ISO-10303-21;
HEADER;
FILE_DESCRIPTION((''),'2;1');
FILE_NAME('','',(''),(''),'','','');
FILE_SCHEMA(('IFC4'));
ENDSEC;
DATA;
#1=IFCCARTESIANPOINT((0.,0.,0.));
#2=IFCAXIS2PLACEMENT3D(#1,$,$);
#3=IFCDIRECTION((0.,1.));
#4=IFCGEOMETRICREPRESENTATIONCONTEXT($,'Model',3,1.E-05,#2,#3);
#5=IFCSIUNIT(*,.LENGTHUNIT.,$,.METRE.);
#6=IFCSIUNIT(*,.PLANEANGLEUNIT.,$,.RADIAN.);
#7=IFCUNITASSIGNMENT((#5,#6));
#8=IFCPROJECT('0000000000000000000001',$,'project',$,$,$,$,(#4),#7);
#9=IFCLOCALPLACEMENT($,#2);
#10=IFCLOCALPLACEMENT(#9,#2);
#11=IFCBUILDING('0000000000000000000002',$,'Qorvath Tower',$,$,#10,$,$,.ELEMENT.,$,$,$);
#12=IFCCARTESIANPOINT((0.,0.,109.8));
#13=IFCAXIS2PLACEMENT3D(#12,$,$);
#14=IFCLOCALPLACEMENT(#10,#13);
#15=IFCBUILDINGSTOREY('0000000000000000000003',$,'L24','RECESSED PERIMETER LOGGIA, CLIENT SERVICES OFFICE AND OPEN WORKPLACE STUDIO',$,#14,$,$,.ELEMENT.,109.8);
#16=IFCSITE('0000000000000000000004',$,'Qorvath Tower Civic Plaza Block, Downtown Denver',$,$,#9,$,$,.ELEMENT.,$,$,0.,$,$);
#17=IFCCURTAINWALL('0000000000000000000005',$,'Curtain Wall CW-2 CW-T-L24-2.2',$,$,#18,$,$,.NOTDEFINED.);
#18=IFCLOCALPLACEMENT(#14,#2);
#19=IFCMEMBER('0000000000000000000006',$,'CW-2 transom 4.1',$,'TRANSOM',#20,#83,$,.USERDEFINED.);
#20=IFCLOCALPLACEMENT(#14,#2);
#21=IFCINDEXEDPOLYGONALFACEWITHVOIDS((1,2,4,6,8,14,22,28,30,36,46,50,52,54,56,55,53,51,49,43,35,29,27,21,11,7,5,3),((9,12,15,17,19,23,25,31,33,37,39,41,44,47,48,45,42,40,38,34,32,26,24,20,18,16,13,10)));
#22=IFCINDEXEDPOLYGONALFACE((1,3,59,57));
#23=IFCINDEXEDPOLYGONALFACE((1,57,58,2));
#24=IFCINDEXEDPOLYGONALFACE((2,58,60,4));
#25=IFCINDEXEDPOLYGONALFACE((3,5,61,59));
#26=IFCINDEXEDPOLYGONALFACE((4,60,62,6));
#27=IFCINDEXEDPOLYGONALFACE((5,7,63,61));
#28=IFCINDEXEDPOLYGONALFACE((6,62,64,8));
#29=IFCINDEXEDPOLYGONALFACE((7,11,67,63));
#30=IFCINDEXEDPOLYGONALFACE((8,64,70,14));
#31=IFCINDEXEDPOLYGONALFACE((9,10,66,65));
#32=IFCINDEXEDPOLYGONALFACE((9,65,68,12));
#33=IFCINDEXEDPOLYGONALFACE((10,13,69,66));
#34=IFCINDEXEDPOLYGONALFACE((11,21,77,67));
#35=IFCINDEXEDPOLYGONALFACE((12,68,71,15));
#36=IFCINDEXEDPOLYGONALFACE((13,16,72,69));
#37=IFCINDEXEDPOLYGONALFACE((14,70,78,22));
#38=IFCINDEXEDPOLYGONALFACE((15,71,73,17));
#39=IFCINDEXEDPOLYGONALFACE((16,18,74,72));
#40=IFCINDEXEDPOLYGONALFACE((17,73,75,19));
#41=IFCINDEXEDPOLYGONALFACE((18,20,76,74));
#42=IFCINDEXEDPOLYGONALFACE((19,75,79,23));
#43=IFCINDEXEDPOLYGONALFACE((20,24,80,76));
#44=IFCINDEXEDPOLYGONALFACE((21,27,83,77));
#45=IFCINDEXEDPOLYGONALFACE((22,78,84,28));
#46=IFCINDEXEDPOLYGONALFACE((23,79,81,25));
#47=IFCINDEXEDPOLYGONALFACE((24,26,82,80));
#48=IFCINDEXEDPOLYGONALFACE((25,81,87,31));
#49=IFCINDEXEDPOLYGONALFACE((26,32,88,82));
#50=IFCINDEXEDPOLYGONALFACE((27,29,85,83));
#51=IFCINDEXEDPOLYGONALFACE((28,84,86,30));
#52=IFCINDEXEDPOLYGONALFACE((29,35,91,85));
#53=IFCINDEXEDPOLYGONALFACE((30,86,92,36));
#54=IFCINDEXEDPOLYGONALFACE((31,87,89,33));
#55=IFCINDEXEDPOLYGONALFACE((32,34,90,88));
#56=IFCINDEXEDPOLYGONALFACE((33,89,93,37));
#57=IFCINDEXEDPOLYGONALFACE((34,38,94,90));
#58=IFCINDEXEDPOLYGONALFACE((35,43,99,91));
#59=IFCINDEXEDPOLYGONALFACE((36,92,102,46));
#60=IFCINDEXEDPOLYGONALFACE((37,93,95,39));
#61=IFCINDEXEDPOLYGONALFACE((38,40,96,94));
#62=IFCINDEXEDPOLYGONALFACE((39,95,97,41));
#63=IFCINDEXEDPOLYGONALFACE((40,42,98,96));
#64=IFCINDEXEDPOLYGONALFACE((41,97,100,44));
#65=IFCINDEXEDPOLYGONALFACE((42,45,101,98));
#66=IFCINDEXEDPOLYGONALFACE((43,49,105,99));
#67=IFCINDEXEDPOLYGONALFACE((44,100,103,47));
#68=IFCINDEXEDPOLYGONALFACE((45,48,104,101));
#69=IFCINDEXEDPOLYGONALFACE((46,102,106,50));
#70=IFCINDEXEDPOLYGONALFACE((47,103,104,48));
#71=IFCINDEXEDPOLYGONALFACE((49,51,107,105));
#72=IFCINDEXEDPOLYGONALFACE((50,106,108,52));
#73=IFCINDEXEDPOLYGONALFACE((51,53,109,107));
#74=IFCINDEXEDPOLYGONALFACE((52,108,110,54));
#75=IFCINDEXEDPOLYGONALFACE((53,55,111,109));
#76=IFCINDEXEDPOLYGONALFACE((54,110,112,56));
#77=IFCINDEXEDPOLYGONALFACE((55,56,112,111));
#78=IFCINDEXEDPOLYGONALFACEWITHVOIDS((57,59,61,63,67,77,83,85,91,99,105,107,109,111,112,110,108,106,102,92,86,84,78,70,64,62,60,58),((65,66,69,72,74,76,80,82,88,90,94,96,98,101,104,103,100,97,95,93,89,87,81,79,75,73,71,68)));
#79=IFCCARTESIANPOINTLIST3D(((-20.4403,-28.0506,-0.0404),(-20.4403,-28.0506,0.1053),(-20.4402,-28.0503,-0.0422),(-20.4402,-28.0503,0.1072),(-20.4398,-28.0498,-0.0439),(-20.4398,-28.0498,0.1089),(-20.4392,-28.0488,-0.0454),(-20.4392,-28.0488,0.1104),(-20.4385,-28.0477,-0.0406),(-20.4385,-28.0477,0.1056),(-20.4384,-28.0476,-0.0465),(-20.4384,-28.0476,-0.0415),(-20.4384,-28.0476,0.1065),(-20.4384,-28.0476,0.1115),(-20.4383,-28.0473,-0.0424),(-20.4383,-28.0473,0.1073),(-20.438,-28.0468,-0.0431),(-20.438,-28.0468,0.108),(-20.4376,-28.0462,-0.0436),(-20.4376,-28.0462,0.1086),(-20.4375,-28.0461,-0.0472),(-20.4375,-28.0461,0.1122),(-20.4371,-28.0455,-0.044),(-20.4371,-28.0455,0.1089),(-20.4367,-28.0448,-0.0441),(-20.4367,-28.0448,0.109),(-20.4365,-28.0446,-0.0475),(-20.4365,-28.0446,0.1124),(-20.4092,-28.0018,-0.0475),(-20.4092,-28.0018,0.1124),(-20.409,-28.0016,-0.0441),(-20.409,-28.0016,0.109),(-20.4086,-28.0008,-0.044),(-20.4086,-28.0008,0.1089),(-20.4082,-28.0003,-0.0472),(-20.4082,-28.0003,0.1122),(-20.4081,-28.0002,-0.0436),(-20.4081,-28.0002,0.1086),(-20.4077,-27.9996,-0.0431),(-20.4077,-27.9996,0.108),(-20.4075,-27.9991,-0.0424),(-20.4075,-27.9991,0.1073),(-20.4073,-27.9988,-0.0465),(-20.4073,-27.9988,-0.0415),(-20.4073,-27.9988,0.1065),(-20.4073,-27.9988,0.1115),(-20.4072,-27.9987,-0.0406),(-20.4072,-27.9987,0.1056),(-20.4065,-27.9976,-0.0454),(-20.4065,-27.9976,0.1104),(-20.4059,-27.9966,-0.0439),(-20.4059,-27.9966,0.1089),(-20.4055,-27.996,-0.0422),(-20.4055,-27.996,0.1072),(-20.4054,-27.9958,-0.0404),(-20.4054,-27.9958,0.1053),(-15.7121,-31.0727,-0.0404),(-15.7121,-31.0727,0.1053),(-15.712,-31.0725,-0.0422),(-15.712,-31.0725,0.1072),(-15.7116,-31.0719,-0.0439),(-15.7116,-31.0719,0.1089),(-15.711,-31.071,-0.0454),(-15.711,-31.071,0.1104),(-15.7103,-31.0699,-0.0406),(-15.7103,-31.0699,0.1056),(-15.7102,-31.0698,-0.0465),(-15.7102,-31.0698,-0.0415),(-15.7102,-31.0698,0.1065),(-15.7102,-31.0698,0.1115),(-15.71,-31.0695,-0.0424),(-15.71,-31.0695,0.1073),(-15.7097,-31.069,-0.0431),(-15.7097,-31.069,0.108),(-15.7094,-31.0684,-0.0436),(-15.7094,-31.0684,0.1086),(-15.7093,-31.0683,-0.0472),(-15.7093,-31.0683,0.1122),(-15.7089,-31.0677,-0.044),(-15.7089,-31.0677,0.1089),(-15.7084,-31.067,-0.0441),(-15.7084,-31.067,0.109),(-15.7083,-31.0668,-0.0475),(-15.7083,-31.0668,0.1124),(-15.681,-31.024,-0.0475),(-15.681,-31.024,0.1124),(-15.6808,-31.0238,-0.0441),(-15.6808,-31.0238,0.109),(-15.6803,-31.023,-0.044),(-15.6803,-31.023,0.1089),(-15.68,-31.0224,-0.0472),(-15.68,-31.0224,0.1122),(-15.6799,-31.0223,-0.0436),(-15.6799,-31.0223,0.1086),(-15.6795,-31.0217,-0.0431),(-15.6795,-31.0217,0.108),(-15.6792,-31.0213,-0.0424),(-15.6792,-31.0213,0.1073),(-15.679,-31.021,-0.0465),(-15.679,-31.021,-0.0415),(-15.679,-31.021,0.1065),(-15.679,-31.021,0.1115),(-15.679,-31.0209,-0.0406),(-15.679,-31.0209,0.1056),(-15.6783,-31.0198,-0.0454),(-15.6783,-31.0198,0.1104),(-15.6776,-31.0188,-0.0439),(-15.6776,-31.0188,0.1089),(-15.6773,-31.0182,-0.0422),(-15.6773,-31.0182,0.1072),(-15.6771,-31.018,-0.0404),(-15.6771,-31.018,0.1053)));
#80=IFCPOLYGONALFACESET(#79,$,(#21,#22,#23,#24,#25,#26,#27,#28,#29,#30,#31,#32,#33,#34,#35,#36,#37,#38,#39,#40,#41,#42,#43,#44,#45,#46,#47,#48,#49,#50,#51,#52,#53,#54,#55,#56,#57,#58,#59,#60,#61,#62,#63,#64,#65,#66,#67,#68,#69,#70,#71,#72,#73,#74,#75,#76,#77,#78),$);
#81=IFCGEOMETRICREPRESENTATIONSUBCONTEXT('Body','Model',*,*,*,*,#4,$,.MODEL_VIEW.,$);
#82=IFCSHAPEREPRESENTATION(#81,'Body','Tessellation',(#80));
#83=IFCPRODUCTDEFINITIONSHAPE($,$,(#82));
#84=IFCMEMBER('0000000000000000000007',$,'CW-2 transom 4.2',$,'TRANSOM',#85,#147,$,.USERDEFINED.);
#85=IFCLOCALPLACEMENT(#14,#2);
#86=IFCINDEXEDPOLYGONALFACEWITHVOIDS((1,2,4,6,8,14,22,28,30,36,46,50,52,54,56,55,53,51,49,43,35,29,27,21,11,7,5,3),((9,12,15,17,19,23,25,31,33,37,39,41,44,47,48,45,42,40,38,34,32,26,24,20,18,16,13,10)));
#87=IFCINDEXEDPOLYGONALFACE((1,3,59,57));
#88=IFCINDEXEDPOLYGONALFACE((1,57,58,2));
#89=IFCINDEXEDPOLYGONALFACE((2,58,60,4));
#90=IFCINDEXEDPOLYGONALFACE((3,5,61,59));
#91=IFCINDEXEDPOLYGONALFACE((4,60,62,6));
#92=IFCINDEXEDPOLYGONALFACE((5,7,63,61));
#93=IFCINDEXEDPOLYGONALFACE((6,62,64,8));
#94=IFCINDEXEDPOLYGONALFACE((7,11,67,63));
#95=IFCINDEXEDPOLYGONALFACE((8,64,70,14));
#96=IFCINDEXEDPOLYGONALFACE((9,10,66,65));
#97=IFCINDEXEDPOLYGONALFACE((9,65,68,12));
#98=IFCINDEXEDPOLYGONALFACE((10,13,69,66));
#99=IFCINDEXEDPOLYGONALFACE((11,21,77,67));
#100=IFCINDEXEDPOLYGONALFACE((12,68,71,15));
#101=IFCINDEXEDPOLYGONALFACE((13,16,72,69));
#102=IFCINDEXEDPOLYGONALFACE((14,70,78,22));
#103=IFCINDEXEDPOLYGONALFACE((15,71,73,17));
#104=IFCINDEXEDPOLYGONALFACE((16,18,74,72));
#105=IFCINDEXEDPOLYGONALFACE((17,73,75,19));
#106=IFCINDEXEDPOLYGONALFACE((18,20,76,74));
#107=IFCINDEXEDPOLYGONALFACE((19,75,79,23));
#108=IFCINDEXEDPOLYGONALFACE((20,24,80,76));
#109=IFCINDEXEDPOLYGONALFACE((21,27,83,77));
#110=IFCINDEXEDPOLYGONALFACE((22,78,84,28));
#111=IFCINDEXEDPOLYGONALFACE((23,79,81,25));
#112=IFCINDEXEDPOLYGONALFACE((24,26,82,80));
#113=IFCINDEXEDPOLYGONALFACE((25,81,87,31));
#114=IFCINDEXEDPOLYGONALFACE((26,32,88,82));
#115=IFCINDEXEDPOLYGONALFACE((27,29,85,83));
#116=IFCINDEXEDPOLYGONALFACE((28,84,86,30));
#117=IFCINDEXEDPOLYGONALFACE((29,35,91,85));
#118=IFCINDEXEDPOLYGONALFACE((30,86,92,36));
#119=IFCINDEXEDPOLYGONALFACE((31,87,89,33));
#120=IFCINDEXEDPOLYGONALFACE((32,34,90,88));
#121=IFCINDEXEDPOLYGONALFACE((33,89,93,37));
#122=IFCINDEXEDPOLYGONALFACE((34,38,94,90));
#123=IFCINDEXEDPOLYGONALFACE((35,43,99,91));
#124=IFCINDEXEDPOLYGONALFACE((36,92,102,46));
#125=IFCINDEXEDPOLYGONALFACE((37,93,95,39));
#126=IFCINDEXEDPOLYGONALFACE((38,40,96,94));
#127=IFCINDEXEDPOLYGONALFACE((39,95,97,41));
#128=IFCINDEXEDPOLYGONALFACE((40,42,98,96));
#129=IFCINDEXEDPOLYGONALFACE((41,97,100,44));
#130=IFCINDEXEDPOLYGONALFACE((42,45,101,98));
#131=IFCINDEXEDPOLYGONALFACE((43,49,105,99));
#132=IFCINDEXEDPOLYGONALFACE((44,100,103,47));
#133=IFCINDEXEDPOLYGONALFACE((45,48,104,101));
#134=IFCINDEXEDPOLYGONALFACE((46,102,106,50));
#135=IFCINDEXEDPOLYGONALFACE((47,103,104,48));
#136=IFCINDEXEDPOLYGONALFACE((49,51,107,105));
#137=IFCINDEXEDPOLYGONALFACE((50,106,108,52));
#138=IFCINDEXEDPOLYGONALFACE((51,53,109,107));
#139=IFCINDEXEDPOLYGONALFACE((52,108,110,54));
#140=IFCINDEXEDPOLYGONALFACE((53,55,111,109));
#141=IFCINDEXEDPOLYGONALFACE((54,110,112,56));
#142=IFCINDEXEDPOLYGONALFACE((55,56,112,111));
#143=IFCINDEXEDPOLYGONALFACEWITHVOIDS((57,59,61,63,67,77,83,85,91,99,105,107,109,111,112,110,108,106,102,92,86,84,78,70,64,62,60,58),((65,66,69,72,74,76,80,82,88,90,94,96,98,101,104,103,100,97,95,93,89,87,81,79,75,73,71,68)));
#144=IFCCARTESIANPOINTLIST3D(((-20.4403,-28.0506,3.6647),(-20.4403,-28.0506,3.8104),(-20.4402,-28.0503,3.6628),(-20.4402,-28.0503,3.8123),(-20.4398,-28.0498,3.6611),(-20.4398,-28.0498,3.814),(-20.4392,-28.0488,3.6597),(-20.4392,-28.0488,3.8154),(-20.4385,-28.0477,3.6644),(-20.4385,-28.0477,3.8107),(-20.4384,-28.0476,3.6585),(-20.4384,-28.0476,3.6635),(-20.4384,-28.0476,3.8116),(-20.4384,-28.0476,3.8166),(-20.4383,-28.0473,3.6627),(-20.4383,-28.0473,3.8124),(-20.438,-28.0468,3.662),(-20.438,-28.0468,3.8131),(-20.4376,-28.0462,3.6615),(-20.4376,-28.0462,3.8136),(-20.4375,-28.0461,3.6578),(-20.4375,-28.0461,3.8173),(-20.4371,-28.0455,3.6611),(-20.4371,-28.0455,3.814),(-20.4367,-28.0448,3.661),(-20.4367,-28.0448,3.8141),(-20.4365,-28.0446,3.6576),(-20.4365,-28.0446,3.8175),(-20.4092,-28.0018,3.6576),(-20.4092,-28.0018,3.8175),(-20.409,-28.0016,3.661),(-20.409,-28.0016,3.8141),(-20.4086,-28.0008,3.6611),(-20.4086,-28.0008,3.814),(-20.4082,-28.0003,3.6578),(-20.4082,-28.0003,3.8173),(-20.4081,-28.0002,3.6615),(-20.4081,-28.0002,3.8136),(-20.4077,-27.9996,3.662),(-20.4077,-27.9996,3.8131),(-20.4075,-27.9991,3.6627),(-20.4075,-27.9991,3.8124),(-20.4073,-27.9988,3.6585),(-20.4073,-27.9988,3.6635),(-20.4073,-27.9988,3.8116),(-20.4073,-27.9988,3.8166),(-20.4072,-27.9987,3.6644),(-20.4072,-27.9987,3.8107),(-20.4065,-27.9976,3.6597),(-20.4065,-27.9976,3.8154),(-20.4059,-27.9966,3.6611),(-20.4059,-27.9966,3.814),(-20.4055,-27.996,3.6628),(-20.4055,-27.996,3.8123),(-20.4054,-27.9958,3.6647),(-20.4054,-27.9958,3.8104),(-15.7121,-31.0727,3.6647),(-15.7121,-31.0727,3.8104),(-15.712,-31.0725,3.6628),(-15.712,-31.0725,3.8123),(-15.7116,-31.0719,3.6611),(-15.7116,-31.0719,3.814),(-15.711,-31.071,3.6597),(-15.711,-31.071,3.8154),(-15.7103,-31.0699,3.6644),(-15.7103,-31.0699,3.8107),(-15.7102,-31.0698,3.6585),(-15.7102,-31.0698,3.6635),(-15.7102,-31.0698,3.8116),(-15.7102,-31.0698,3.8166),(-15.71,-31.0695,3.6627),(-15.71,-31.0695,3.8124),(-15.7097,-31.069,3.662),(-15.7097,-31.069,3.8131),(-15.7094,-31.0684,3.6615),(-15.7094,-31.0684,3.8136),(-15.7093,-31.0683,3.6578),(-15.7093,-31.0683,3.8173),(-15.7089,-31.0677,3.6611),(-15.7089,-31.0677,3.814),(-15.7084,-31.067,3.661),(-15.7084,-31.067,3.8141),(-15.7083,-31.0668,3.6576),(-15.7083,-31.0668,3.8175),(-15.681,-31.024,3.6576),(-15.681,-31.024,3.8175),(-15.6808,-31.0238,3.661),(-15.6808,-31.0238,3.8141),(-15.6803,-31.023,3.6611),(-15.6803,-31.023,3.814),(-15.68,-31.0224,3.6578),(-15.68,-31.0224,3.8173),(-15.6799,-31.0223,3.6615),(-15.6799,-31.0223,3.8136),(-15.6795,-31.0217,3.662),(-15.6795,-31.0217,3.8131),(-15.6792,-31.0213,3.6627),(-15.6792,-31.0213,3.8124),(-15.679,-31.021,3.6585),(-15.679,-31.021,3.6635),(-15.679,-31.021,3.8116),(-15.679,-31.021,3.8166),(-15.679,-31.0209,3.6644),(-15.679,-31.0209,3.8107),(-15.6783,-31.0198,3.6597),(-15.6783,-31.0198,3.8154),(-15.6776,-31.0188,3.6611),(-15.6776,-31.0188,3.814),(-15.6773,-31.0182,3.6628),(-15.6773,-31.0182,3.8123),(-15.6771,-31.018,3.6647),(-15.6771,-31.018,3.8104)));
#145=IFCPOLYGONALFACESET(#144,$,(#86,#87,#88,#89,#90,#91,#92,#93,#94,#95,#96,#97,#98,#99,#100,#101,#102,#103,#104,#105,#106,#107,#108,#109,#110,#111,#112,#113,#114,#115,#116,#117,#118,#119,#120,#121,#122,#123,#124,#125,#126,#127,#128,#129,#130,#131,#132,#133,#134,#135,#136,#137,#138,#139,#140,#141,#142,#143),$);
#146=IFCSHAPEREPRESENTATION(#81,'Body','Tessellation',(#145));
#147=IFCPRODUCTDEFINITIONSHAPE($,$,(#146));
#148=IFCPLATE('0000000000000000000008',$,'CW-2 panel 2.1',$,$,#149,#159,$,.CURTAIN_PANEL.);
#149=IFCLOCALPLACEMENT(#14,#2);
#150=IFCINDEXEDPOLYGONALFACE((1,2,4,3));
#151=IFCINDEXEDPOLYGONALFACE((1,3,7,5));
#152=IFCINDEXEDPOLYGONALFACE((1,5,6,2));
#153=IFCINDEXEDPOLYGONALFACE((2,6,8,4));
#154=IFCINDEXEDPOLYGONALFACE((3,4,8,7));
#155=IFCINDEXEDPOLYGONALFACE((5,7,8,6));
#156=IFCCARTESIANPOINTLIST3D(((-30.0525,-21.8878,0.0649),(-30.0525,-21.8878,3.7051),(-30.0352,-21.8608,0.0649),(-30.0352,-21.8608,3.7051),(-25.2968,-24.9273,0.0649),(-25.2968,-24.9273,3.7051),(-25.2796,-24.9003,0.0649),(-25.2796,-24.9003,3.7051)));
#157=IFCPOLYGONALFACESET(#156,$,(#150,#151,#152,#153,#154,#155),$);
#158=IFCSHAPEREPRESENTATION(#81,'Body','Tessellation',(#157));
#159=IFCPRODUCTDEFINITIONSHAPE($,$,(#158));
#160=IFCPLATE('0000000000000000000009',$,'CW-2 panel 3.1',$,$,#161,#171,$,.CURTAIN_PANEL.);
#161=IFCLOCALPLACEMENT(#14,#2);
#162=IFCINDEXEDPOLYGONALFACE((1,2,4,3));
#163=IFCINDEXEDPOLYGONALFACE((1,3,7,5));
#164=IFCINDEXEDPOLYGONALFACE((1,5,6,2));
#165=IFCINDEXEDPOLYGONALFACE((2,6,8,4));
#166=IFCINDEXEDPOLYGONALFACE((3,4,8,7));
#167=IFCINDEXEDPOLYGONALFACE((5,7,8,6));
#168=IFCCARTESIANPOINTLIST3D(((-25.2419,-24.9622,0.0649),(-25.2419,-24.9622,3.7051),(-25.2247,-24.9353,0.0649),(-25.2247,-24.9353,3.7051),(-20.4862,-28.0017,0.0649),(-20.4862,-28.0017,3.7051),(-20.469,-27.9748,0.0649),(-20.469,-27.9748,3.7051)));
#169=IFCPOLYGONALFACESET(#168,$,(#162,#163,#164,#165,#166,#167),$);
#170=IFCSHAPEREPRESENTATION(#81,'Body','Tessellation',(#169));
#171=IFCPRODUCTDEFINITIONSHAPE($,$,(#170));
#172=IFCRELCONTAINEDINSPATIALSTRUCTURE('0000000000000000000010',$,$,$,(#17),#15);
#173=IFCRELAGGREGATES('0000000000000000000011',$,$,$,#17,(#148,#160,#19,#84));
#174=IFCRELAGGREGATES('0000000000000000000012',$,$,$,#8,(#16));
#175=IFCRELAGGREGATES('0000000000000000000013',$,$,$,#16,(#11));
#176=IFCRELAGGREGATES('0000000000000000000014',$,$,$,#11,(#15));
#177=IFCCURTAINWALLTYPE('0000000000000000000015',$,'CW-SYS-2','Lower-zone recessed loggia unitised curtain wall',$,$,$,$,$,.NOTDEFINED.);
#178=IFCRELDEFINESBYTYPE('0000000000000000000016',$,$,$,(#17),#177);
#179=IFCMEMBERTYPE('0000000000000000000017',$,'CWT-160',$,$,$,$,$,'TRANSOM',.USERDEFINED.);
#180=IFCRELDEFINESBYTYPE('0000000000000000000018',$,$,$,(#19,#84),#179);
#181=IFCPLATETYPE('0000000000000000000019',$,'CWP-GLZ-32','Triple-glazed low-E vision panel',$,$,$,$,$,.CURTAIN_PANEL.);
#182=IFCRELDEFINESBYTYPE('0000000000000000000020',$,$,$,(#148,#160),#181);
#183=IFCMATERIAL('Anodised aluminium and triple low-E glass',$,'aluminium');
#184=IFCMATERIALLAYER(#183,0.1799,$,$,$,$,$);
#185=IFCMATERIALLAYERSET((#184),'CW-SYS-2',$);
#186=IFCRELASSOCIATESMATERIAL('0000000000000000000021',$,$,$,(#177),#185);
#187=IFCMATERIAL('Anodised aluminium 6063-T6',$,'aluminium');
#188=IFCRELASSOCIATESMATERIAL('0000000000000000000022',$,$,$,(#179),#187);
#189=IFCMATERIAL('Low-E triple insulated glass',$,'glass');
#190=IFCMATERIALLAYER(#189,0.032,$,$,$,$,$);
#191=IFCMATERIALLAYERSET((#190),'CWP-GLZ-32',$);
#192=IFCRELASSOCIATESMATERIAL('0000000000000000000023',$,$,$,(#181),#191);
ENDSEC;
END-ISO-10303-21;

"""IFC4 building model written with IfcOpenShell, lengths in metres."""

from ifc_helpers import new_model, si_unit, direction, frame, origin, origin_2d, place, context, subcontext, project, spatial, rectangle, hollow_rectangle, extrude, material, layer, layer_set, material_profile, profile_set, type_object, element, aggregate, save


model = new_model("IFC4")

# Units and contexts
model_context = context("Model", 3, precision=1e-05, world=origin(), true_north=direction((0.0, 1.0)))
body_context = subcontext(model_context, "Body", "Model", "MODEL_VIEW")
ifc_project = project(units=[si_unit("LENGTHUNIT", "METRE"), si_unit("PLANEANGLEUNIT", "RADIAN")], contexts=[model_context])

# Site, building, storey
site_placement = place(None, origin())
site = spatial("IfcSite", under=ifc_project, at=site_placement, Name="Qorvath Tower Civic Plaza Block, Downtown Denver", CompositionType="ELEMENT", RefElevation=0.0)
building_placement = place(site_placement, origin())
building = spatial("IfcBuilding", under=site, at=building_placement, Name="Qorvath Tower", CompositionType="ELEMENT")
storey_placement = place(building_placement, frame((0.0, 0.0, 109.8)))
storey = spatial("IfcBuildingStorey", under=building, at=storey_placement, Name="L24", Description="RECESSED PERIMETER LOGGIA, CLIENT SERVICES OFFICE AND OPEN WORKPLACE STUDIO", CompositionType="ELEMENT", Elevation=109.8)

# Curtain wall, members, plates
ifc_material_1 = material(Name="Anodised aluminium and triple low-E glass", Category="aluminium")
ifc_layer_1 = layer(ifc_material_1, 0.1799)
ifc_layer_set_1 = layer_set([ifc_layer_1], Name="CW-SYS-2")
curtain_wall_type = type_object("IfcCurtainWallType", Name="CW-SYS-2", Description="Lower-zone recessed loggia unitised curtain wall", PredefinedType="NOTDEFINED", material=ifc_layer_set_1)
curtain_wall_placement = place(storey_placement, origin())
curtain_wall = element("IfcCurtainWall", 1, at=curtain_wall_placement, inside=storey, type_object=curtain_wall_type, Name="Curtain Wall CW-2 CW-T-L24-2.2", PredefinedType="NOTDEFINED")
ifc_material_2 = material(Name="Anodised aluminium 6063-T6", Category="aluminium")
ifc_material_profile_1 = material_profile(ifc_material_2, hollow_rectangle(XDim=0.0649, YDim=0.1599, WallThickness=0.0034, InnerFilletRadius=0.0034, OuterFilletRadius=0.0071, at=origin_2d()), Name="CWT 160x65")
ifc_profile_set_1 = profile_set([ifc_material_profile_1], Name="Anodised aluminium 6063-T6")
member_type_1 = type_object("IfcMemberType", Name="CWT-160", ElementType="TRANSOM", PredefinedType="USERDEFINED", material=ifc_profile_set_1)
member_1_placement = place(storey_placement, frame((-20.4229, -28.0232, 0.0325), z_axis=(0.842585, -0.538563, 0.0), x_axis=(0.538563, 0.842585, 0.0)))
member_1 = element("IfcMember", 2, at=member_1_placement, type_object=member_type_1, Name="CW-2 transom 4.1", ObjectType="TRANSOM", PredefinedType="USERDEFINED", context=body_context, shape_type="SweptSolid", body=[
    extrude(hollow_rectangle(XDim=0.0649, YDim=0.1599, WallThickness=0.0034, InnerFilletRadius=0.0034, OuterFilletRadius=0.0071, at=origin_2d()), origin(), (0.0, 0.0, 1.0), 5.6116),
])
member_2_placement = place(storey_placement, frame((-20.4229, -28.0232, 3.7375), z_axis=(0.842585, -0.538563, 0.0), x_axis=(0.538563, 0.842585, 0.0)))
member_2 = element("IfcMember", 3, at=member_2_placement, type_object=member_type_1, Name="CW-2 transom 4.2", ObjectType="TRANSOM", PredefinedType="USERDEFINED", context=body_context, shape_type="SweptSolid", body=[
    extrude(hollow_rectangle(XDim=0.0649, YDim=0.1599, WallThickness=0.0034, InnerFilletRadius=0.0034, OuterFilletRadius=0.0071, at=origin_2d()), origin(), (0.0, 0.0, 1.0), 5.6116),
])
ifc_material_3 = material(Name="Low-E triple insulated glass", Category="glass")
ifc_layer_2 = layer(ifc_material_3, 0.032)
ifc_layer_set_2 = layer_set([ifc_layer_2], Name="CWP-GLZ-32")
plate_type = type_object("IfcPlateType", Name="CWP-GLZ-32", Description="Triple-glazed low-E vision panel", PredefinedType="CURTAIN_PANEL", material=ifc_layer_set_2)
plate_1_placement = place(storey_placement, frame((-27.666, -23.394, 0.0649), z_axis=(0.0, 0.0, 1.0), x_axis=(0.842601, -0.538538, 0.0)))
plate_1 = element("IfcPlate", 4, at=plate_1_placement, type_object=plate_type, Name="CW-2 panel 2.1", PredefinedType="CURTAIN_PANEL", context=body_context, shape_type="SweptSolid", body=[
    extrude(rectangle(XDim=5.644, YDim=0.032, at=origin_2d()), origin(), (0.0, 0.0, 1.0), 3.6401),
])
plate_2_placement = place(storey_placement, frame((-22.8555, -26.4685, 0.0649), z_axis=(0.0, 0.0, 1.0), x_axis=(0.842601, -0.538538, 0.0)))
plate_2 = element("IfcPlate", 5, at=plate_2_placement, type_object=plate_type, Name="CW-2 panel 3.1", PredefinedType="CURTAIN_PANEL", context=body_context, shape_type="SweptSolid", body=[
    extrude(rectangle(XDim=5.644, YDim=0.032, at=origin_2d()), origin(), (0.0, 0.0, 1.0), 3.6401),
])
aggregate(curtain_wall, [plate_1, plate_2, member_1, member_2])

save(model, "model.ifc")
